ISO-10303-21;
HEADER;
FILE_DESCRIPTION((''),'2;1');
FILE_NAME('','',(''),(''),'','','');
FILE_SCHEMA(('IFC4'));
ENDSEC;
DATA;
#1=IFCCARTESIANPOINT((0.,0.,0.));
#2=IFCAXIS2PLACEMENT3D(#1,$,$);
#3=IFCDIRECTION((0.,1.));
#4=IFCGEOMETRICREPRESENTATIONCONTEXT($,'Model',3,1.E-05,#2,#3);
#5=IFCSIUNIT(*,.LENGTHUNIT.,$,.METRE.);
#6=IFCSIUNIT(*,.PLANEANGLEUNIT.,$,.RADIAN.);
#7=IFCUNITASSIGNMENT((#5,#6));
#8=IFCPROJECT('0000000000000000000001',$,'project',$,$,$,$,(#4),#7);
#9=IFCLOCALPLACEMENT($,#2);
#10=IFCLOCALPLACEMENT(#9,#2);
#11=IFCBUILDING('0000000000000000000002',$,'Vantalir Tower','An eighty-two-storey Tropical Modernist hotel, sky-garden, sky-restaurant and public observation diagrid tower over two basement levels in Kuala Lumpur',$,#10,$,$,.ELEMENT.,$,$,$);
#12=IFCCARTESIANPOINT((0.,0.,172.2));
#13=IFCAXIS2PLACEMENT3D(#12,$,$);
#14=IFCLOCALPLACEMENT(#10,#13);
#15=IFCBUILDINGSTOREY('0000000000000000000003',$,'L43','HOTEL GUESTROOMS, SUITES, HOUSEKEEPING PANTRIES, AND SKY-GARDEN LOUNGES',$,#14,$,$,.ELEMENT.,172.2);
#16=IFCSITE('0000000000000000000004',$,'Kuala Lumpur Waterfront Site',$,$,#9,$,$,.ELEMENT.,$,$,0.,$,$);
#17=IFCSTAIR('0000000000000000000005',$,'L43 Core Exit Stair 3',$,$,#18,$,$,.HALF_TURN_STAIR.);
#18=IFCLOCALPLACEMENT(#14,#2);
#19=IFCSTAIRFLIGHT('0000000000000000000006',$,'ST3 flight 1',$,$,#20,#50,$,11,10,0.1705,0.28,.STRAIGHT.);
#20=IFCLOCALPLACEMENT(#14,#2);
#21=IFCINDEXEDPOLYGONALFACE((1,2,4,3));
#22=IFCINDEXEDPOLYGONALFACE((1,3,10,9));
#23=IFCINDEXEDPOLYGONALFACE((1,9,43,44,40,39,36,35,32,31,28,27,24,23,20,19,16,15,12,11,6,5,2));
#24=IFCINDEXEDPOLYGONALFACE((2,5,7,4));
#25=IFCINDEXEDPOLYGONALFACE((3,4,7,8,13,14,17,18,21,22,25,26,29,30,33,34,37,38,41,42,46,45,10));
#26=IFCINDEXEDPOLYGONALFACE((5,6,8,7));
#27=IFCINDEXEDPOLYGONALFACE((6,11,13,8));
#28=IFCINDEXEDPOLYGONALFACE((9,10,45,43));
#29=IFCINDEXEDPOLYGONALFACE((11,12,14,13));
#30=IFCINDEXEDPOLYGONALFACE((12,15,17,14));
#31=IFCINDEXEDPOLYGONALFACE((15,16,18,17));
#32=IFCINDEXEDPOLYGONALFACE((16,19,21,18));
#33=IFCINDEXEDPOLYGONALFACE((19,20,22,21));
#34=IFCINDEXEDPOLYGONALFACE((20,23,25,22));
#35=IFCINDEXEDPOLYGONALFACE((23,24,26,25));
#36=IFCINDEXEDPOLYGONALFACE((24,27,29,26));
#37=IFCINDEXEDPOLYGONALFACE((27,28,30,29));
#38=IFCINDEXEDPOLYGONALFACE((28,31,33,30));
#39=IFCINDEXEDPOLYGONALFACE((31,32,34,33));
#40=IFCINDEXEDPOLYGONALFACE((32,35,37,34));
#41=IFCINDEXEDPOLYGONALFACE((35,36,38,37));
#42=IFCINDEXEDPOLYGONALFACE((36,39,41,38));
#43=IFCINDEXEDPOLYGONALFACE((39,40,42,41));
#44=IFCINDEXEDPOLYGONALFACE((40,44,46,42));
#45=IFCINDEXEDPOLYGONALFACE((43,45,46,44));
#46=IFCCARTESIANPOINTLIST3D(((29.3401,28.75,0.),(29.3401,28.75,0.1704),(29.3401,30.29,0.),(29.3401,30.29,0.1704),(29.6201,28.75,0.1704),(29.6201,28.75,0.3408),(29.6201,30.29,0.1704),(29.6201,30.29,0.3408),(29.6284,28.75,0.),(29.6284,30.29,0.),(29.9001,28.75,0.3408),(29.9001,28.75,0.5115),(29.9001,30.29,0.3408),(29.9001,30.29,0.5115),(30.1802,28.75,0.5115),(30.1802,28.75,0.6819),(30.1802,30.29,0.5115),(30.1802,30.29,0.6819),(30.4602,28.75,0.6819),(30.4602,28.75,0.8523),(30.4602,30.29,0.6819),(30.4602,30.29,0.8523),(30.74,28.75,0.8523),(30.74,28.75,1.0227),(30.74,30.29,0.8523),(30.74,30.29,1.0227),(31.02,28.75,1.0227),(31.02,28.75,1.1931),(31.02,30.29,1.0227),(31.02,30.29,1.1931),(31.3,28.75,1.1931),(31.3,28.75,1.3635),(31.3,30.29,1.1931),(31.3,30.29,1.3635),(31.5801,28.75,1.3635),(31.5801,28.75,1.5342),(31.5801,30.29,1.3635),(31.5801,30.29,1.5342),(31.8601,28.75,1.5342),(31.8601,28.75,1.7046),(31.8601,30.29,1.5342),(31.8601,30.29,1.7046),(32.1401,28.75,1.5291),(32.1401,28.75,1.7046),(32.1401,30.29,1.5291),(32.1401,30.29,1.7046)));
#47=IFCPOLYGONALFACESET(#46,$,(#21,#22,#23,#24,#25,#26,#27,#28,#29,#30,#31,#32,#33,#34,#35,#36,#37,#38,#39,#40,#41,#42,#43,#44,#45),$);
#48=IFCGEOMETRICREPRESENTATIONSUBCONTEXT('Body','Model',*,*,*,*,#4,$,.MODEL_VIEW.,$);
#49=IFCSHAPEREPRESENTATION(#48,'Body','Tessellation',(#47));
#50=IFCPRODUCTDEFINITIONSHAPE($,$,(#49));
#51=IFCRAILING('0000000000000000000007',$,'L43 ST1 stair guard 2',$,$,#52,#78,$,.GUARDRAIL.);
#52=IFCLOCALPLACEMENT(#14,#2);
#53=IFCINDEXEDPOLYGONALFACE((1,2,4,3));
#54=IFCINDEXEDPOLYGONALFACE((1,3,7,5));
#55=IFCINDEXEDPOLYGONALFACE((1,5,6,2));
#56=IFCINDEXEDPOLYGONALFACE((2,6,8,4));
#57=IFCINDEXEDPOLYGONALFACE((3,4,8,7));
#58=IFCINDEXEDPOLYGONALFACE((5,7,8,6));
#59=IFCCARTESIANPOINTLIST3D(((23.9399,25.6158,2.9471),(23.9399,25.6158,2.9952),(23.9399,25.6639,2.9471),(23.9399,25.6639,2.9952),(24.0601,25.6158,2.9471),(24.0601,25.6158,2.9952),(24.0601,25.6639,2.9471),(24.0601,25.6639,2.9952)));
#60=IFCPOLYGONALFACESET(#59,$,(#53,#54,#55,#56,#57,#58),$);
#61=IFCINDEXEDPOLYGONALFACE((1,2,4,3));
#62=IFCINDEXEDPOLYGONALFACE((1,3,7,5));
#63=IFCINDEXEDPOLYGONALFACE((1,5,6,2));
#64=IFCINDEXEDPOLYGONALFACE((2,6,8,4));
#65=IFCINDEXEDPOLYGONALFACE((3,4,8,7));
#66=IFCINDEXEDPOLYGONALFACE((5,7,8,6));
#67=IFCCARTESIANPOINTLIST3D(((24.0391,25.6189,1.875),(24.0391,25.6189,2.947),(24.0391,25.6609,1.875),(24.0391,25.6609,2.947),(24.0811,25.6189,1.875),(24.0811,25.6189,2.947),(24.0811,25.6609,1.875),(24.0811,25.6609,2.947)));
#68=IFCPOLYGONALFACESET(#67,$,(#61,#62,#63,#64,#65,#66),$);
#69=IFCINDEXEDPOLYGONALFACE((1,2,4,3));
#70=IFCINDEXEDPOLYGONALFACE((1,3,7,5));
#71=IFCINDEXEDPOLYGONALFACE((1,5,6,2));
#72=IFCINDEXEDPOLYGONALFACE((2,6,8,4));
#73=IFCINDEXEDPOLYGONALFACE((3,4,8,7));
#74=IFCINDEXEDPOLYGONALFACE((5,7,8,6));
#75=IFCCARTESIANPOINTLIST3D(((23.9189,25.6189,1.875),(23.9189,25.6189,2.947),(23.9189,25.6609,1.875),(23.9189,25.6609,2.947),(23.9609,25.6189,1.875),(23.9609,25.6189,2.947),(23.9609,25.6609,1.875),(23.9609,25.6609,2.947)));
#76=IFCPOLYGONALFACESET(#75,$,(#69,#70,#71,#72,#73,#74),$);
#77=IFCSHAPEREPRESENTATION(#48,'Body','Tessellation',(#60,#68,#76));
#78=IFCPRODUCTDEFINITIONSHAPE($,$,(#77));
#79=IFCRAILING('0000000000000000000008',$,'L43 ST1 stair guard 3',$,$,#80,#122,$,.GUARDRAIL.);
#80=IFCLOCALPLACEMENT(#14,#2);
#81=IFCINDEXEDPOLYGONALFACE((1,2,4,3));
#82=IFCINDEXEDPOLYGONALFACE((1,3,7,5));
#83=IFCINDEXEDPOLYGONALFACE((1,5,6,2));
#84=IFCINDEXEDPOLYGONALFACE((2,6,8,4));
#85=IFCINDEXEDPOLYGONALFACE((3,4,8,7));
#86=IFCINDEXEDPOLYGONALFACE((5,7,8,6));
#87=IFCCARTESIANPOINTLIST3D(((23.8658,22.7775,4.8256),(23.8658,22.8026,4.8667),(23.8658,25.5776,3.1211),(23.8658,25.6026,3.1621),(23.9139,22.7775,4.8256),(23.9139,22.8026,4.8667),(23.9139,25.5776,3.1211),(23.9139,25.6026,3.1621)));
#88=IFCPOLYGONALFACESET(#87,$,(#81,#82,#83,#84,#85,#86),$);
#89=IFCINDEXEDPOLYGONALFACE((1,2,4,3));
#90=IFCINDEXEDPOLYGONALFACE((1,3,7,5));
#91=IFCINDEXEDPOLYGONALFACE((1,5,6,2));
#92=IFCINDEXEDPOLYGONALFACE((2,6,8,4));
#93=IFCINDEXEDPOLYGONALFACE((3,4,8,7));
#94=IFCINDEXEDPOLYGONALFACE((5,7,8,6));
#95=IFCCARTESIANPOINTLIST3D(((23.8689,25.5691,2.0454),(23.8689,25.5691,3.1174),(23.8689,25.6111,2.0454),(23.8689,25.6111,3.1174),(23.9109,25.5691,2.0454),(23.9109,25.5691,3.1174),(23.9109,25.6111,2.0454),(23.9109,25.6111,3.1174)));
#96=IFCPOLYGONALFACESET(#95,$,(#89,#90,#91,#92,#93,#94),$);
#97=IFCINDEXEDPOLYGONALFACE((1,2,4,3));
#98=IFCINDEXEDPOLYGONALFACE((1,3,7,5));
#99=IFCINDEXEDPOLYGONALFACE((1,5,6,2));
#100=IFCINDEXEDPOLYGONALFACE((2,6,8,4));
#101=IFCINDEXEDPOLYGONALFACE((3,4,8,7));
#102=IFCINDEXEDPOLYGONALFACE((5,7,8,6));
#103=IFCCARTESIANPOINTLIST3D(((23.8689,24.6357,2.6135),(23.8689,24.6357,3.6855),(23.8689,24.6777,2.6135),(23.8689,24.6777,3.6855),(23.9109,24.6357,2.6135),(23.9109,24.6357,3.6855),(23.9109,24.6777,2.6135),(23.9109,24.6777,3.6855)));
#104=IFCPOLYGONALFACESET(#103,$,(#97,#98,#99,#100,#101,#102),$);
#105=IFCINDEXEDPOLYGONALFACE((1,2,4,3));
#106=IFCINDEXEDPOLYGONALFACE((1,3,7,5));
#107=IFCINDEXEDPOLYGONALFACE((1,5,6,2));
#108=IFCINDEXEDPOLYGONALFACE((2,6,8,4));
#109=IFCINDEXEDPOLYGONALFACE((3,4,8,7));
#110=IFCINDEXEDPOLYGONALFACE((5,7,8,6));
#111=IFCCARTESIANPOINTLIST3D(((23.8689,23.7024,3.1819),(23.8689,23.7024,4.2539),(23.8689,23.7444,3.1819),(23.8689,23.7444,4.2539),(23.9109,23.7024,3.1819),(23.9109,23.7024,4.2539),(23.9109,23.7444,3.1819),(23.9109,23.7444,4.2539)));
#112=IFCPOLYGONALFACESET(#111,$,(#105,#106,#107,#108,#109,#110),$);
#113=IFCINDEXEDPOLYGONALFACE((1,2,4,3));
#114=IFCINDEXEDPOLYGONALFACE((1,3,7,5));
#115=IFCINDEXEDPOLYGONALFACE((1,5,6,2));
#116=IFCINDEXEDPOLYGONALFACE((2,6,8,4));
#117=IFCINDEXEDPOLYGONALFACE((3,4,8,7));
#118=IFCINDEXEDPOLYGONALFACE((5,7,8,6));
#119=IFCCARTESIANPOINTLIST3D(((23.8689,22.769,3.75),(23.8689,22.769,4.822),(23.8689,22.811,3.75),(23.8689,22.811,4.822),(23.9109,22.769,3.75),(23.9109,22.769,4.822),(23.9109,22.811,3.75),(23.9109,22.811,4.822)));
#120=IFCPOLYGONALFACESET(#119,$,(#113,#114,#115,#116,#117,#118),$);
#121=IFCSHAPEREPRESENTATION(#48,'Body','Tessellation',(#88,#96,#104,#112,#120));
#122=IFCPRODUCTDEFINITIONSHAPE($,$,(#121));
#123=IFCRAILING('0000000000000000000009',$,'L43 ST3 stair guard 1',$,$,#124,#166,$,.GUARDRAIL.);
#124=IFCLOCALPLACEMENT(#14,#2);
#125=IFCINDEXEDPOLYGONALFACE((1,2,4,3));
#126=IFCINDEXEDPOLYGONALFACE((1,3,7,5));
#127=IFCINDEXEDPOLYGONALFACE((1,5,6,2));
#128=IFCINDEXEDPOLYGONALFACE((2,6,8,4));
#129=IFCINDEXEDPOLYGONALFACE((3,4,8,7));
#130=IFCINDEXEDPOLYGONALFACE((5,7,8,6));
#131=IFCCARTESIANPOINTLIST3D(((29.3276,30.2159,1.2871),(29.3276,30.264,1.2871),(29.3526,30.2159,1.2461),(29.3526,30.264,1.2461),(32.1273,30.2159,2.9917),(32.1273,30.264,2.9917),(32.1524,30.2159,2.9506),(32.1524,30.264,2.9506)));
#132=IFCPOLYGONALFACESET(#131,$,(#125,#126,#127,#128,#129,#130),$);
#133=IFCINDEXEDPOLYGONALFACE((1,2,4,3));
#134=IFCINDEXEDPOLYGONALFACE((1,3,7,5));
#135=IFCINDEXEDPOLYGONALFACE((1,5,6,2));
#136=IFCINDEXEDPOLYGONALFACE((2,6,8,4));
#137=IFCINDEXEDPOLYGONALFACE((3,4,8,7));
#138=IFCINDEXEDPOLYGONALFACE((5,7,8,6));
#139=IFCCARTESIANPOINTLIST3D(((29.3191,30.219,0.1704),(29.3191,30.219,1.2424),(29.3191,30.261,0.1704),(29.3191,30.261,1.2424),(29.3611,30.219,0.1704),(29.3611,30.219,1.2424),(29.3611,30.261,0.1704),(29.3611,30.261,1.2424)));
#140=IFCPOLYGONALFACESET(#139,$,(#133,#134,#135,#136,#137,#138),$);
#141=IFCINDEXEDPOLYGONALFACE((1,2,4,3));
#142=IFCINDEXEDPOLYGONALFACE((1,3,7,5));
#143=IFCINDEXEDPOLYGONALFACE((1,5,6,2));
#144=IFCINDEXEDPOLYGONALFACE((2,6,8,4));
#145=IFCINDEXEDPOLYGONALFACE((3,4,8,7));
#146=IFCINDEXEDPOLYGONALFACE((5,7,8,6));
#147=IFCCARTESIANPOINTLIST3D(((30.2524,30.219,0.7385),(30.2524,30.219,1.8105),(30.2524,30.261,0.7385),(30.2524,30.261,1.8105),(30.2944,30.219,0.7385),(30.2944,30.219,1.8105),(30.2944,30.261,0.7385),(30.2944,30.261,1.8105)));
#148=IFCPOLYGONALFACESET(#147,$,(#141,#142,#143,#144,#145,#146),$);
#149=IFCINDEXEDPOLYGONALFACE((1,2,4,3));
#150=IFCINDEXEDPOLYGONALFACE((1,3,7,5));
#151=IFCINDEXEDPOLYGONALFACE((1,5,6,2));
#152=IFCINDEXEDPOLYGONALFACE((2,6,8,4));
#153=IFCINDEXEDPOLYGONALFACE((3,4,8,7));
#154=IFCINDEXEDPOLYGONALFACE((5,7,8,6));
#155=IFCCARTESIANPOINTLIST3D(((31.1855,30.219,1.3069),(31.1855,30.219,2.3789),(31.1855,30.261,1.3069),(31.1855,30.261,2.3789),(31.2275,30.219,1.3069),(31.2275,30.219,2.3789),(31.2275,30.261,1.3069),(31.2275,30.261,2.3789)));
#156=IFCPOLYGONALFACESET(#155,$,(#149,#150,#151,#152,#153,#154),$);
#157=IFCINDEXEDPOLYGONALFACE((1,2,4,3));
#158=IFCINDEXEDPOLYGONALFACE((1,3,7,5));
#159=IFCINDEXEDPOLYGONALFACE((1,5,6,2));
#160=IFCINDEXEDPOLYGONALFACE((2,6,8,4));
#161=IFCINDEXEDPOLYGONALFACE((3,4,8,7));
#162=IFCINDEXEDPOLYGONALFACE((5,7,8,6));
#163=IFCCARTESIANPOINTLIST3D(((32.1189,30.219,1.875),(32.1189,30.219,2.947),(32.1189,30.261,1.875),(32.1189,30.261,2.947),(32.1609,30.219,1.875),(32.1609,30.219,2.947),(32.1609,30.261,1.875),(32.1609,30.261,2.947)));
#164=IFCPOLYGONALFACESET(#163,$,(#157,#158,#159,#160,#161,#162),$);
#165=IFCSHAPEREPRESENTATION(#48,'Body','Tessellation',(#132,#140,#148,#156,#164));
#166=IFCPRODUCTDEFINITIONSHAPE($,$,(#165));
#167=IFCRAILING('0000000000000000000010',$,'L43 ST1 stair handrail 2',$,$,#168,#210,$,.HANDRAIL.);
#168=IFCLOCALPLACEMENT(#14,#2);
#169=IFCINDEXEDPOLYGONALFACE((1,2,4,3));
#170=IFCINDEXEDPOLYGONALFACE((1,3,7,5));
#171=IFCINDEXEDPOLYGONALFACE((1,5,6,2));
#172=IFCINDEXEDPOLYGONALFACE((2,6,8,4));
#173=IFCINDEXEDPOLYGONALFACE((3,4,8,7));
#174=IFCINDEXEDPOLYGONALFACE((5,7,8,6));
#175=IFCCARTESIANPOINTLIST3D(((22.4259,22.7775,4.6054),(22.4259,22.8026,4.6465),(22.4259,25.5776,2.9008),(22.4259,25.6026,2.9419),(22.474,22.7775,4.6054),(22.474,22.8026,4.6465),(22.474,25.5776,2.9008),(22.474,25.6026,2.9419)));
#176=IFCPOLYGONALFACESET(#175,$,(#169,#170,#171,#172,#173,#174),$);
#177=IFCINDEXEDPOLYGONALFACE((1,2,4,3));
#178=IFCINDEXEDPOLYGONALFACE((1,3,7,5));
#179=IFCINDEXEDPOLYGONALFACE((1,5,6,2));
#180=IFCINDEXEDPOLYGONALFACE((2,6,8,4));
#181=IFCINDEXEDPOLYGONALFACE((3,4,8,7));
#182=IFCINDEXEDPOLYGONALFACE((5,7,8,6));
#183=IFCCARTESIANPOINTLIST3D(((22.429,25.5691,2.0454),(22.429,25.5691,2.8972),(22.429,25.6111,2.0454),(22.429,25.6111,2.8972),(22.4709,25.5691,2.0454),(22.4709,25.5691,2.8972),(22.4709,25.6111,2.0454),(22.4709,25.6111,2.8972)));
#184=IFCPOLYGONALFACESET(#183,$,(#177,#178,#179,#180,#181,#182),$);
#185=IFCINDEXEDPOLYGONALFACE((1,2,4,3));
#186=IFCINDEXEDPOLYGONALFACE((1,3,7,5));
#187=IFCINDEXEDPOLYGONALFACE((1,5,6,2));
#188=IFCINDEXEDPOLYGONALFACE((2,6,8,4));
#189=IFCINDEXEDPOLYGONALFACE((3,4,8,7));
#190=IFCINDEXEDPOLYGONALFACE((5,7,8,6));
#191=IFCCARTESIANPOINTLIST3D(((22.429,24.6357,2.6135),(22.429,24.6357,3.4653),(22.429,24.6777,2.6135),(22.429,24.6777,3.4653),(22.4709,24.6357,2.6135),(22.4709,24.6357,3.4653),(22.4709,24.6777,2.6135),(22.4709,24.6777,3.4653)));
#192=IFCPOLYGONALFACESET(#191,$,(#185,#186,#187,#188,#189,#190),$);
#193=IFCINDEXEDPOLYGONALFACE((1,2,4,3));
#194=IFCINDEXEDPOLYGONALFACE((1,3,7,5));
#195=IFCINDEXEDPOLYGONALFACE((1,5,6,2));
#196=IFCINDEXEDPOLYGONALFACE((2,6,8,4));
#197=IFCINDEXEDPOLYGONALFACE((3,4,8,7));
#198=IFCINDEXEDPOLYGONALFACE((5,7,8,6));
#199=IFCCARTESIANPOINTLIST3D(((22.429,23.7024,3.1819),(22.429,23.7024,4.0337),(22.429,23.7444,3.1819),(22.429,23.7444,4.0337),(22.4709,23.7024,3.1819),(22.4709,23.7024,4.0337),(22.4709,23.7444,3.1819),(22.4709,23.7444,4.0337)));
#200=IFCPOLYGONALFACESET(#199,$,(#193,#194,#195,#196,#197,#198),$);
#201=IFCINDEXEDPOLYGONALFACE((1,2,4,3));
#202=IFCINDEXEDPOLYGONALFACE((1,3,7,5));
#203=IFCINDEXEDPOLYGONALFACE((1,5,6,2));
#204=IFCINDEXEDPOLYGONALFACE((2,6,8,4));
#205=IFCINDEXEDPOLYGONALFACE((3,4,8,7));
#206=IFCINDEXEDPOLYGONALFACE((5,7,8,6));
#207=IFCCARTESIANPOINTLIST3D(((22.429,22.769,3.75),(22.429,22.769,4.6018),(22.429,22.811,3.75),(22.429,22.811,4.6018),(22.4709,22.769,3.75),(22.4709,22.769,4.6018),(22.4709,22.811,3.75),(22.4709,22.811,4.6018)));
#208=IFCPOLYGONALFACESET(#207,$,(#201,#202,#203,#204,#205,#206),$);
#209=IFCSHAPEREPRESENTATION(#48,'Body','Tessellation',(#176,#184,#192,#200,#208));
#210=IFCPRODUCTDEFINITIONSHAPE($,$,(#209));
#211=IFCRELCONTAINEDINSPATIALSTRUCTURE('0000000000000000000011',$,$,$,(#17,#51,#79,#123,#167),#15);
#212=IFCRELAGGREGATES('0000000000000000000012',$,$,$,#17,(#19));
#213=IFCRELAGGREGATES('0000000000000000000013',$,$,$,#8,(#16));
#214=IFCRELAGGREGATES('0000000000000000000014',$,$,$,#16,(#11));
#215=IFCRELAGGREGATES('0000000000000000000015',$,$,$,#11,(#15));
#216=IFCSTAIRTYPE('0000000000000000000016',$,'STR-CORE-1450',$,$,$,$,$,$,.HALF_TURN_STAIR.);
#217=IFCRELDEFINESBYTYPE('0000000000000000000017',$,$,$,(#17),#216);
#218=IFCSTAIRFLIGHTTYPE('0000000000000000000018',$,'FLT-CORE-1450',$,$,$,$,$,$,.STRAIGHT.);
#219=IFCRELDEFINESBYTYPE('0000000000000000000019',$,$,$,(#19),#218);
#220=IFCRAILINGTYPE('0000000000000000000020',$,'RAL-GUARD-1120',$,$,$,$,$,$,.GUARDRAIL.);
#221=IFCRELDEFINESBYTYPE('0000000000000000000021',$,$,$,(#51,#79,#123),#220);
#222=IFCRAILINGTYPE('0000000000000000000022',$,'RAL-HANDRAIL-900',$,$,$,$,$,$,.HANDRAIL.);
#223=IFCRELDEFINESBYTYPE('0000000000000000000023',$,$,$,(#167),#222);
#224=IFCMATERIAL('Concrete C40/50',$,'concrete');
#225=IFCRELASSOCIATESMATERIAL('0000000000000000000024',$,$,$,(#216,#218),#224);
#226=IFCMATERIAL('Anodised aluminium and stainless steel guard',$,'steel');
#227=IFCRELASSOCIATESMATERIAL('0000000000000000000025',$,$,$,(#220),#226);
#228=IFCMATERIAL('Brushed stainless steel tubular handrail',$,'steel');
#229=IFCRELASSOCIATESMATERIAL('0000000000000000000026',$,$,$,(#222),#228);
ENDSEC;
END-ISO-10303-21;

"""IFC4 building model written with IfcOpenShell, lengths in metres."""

from ifc_helpers import new_model, si_unit, direction, frame, origin, origin_2d, place, context, subcontext, project, spatial, polyline, rectangle, outline, extrude, material, type_object, element, aggregate, save


model = new_model("IFC4")

# Units and contexts
model_context = context("Model", 3, precision=1e-05, world=origin(), true_north=direction((0.0, 1.0)))
body_context = subcontext(model_context, "Body", "Model", "MODEL_VIEW")
ifc_project = project(units=[si_unit("LENGTHUNIT", "METRE"), si_unit("PLANEANGLEUNIT", "RADIAN")], contexts=[model_context])

# Site, building, storey
site_placement = place(None, origin())
site = spatial("IfcSite", under=ifc_project, at=site_placement, Name="Kuala Lumpur Waterfront Site", CompositionType="ELEMENT", RefElevation=0.0)
building_placement = place(site_placement, origin())
building = spatial("IfcBuilding", under=site, at=building_placement, Name="Vantalir Tower", Description="An eighty-two-storey Tropical Modernist hotel, sky-garden, sky-restaurant and public observation diagrid tower over two basement levels in Kuala Lumpur", CompositionType="ELEMENT")
storey_placement = place(building_placement, frame((0.0, 0.0, 172.2)))
storey = spatial("IfcBuildingStorey", under=building, at=storey_placement, Name="L43", Description="HOTEL GUESTROOMS, SUITES, HOUSEKEEPING PANTRIES, AND SKY-GARDEN LOUNGES", CompositionType="ELEMENT", Elevation=172.2)

# Stair, stair flight
ifc_material_1 = material(Name="Concrete C40/50", Category="concrete")
stair_type = type_object("IfcStairType", Name="STR-CORE-1450", PredefinedType="HALF_TURN_STAIR", material=ifc_material_1)
stair_flight_type = type_object("IfcStairFlightType", Name="FLT-CORE-1450", PredefinedType="STRAIGHT", material=ifc_material_1)
stair_1_placement = place(storey_placement, origin())
stair_1 = element("IfcStair", 1, at=stair_1_placement, inside=storey, type_object=stair_type, Name="L43 Core Exit Stair 3", PredefinedType="HALF_TURN_STAIR")
stair_flight_1_placement = place(storey_placement, frame((29.3401, 29.52, 0.0), z_axis=(0.0, 0.0, 1.0), x_axis=(1.0, 0.0, 0.0)))
stair_flight_1 = element("IfcStairFlight", 2, at=stair_flight_1_placement, type_object=stair_flight_type, Name="ST3 flight 1", NumberOfRisers=11, NumberOfTreads=10, PredefinedType="STRAIGHT", RiserHeight=0.1705, TreadLength=0.28, context=body_context, shape_type="SweptSolid", body=[
    extrude(outline(polyline([(0.0, 0.0), (0.0, 0.1704), (0.28, 0.1704), (0.28, 0.3408), (0.5601, 0.3408), (0.5601, 0.5115), (0.8401, 0.5115), (0.8401, 0.6819), (1.1201, 0.6819), (1.1201, 0.8523), (1.3999, 0.8523), (1.3999, 1.0227), (1.6799, 1.0227), (1.6799, 1.1931), (1.96, 1.1931), (1.96, 1.3635), (2.24, 1.3635), (2.24, 1.5342), (2.52, 1.5342), (2.52, 1.7046), (2.8, 1.7046), (2.8, 1.875), (2.8, 1.5291), (0.2883, 0.0), (0.0, 0.0)])), frame((0.0, 0.77, 0.0), z_axis=(0.0, -1.0, 0.0), x_axis=(1.0, 0.0, 0.0)), (0.0, 0.0, 1.0), 1.54),
])
aggregate(stair_1, [stair_flight_1])

# Railings
ifc_material_2 = material(Name="Anodised aluminium and stainless steel guard", Category="steel")
railing_type_1 = type_object("IfcRailingType", Name="RAL-GUARD-1120", PredefinedType="GUARDRAIL", material=ifc_material_2)
railing_1_placement = place(storey_placement, frame((24.0601, 25.6399, 1.875)))
element("IfcRailing", 3, at=railing_1_placement, inside=storey, type_object=railing_type_1, Name="L43 ST1 stair guard 2", PredefinedType="GUARDRAIL", context=body_context, shape_type="SweptSolid", body=[
    extrude(rectangle(XDim=0.0481, YDim=0.0481, at=origin_2d()), frame((0.0, 0.0, 1.0962), z_axis=(-1.0, 0.0, 0.0), x_axis=(0.0, -1.0, 0.0)), (0.0, 0.0, 1.0), 0.1201),
    extrude(rectangle(XDim=0.042, YDim=0.042, at=origin_2d()), origin(), (0.0, 0.0, 1.0), 1.072),
    extrude(rectangle(XDim=0.042, YDim=0.042, at=origin_2d()), frame((-0.1201, 0.0, 0.0)), (0.0, 0.0, 1.0), 1.072),
])
railing_2_placement = place(storey_placement, frame((23.8899, 25.5901, 2.0454)))
element("IfcRailing", 4, at=railing_2_placement, inside=storey, type_object=railing_type_1, Name="L43 ST1 stair guard 3", PredefinedType="GUARDRAIL", context=body_context, shape_type="SweptSolid", body=[
    extrude(rectangle(XDim=0.0481, YDim=0.0481, at=origin_2d()), frame((0.0, 0.0, 1.0962), z_axis=(0.0, -0.85417, 0.519994), x_axis=(1.0, 0.0, 0.0)), (0.0, 0.0, 1.0), 3.2781),
    extrude(rectangle(XDim=0.042, YDim=0.042, at=origin_2d()), origin(), (0.0, 0.0, 1.0), 1.072),
    extrude(rectangle(XDim=0.042, YDim=0.042, at=origin_2d()), frame((0.0, -0.9333, 0.5681)), (0.0, 0.0, 1.0), 1.072),
    extrude(rectangle(XDim=0.042, YDim=0.042, at=origin_2d()), frame((0.0, -1.8667, 1.1365)), (0.0, 0.0, 1.0), 1.072),
    extrude(rectangle(XDim=0.042, YDim=0.042, at=origin_2d()), frame((0.0, -2.8, 1.7046)), (0.0, 0.0, 1.0), 1.072),
])
railing_3_placement = place(storey_placement, frame((29.3401, 30.24, 0.1704)))
element("IfcRailing", 5, at=railing_3_placement, inside=storey, type_object=railing_type_1, Name="L43 ST3 stair guard 1", PredefinedType="GUARDRAIL", context=body_context, shape_type="SweptSolid", body=[
    extrude(rectangle(XDim=0.0481, YDim=0.0481, at=origin_2d()), frame((0.0, 0.0, 1.0962), z_axis=(0.85415, 0.0, 0.520027), x_axis=(0.0, 1.0, 0.0)), (0.0, 0.0, 1.0), 3.2778),
    extrude(rectangle(XDim=0.042, YDim=0.042, at=origin_2d()), origin(), (0.0, 0.0, 1.0), 1.072),
    extrude(rectangle(XDim=0.042, YDim=0.042, at=origin_2d()), frame((0.9333, 0.0, 0.5681)), (0.0, 0.0, 1.0), 1.072),
    extrude(rectangle(XDim=0.042, YDim=0.042, at=origin_2d()), frame((1.8665, 0.0, 1.1365)), (0.0, 0.0, 1.0), 1.072),
    extrude(rectangle(XDim=0.042, YDim=0.042, at=origin_2d()), frame((2.7998, 0.0, 1.7046)), (0.0, 0.0, 1.0), 1.072),
])
ifc_material_3 = material(Name="Brushed stainless steel tubular handrail", Category="steel")
railing_type_2 = type_object("IfcRailingType", Name="RAL-HANDRAIL-900", PredefinedType="HANDRAIL", material=ifc_material_3)
railing_4_placement = place(storey_placement, frame((22.45, 25.5901, 2.0454)))
element("IfcRailing", 6, at=railing_4_placement, inside=storey, type_object=railing_type_2, Name="L43 ST1 stair handrail 2", PredefinedType="HANDRAIL", context=body_context, shape_type="SweptSolid", body=[
    extrude(rectangle(XDim=0.0481, YDim=0.0481, at=origin_2d()), frame((0.0, 0.0, 0.876), z_axis=(0.0, -0.85417, 0.519994), x_axis=(1.0, 0.0, 0.0)), (0.0, 0.0, 1.0), 3.2781),
    extrude(rectangle(XDim=0.042, YDim=0.042, at=origin_2d()), origin(), (0.0, 0.0, 1.0), 0.8518),
    extrude(rectangle(XDim=0.042, YDim=0.042, at=origin_2d()), frame((0.0, -0.9333, 0.5681)), (0.0, 0.0, 1.0), 0.8518),
    extrude(rectangle(XDim=0.042, YDim=0.042, at=origin_2d()), frame((0.0, -1.8667, 1.1365)), (0.0, 0.0, 1.0), 0.8518),
    extrude(rectangle(XDim=0.042, YDim=0.042, at=origin_2d()), frame((0.0, -2.8, 1.7046)), (0.0, 0.0, 1.0), 0.8518),
])

save(model, "model.ifc")
